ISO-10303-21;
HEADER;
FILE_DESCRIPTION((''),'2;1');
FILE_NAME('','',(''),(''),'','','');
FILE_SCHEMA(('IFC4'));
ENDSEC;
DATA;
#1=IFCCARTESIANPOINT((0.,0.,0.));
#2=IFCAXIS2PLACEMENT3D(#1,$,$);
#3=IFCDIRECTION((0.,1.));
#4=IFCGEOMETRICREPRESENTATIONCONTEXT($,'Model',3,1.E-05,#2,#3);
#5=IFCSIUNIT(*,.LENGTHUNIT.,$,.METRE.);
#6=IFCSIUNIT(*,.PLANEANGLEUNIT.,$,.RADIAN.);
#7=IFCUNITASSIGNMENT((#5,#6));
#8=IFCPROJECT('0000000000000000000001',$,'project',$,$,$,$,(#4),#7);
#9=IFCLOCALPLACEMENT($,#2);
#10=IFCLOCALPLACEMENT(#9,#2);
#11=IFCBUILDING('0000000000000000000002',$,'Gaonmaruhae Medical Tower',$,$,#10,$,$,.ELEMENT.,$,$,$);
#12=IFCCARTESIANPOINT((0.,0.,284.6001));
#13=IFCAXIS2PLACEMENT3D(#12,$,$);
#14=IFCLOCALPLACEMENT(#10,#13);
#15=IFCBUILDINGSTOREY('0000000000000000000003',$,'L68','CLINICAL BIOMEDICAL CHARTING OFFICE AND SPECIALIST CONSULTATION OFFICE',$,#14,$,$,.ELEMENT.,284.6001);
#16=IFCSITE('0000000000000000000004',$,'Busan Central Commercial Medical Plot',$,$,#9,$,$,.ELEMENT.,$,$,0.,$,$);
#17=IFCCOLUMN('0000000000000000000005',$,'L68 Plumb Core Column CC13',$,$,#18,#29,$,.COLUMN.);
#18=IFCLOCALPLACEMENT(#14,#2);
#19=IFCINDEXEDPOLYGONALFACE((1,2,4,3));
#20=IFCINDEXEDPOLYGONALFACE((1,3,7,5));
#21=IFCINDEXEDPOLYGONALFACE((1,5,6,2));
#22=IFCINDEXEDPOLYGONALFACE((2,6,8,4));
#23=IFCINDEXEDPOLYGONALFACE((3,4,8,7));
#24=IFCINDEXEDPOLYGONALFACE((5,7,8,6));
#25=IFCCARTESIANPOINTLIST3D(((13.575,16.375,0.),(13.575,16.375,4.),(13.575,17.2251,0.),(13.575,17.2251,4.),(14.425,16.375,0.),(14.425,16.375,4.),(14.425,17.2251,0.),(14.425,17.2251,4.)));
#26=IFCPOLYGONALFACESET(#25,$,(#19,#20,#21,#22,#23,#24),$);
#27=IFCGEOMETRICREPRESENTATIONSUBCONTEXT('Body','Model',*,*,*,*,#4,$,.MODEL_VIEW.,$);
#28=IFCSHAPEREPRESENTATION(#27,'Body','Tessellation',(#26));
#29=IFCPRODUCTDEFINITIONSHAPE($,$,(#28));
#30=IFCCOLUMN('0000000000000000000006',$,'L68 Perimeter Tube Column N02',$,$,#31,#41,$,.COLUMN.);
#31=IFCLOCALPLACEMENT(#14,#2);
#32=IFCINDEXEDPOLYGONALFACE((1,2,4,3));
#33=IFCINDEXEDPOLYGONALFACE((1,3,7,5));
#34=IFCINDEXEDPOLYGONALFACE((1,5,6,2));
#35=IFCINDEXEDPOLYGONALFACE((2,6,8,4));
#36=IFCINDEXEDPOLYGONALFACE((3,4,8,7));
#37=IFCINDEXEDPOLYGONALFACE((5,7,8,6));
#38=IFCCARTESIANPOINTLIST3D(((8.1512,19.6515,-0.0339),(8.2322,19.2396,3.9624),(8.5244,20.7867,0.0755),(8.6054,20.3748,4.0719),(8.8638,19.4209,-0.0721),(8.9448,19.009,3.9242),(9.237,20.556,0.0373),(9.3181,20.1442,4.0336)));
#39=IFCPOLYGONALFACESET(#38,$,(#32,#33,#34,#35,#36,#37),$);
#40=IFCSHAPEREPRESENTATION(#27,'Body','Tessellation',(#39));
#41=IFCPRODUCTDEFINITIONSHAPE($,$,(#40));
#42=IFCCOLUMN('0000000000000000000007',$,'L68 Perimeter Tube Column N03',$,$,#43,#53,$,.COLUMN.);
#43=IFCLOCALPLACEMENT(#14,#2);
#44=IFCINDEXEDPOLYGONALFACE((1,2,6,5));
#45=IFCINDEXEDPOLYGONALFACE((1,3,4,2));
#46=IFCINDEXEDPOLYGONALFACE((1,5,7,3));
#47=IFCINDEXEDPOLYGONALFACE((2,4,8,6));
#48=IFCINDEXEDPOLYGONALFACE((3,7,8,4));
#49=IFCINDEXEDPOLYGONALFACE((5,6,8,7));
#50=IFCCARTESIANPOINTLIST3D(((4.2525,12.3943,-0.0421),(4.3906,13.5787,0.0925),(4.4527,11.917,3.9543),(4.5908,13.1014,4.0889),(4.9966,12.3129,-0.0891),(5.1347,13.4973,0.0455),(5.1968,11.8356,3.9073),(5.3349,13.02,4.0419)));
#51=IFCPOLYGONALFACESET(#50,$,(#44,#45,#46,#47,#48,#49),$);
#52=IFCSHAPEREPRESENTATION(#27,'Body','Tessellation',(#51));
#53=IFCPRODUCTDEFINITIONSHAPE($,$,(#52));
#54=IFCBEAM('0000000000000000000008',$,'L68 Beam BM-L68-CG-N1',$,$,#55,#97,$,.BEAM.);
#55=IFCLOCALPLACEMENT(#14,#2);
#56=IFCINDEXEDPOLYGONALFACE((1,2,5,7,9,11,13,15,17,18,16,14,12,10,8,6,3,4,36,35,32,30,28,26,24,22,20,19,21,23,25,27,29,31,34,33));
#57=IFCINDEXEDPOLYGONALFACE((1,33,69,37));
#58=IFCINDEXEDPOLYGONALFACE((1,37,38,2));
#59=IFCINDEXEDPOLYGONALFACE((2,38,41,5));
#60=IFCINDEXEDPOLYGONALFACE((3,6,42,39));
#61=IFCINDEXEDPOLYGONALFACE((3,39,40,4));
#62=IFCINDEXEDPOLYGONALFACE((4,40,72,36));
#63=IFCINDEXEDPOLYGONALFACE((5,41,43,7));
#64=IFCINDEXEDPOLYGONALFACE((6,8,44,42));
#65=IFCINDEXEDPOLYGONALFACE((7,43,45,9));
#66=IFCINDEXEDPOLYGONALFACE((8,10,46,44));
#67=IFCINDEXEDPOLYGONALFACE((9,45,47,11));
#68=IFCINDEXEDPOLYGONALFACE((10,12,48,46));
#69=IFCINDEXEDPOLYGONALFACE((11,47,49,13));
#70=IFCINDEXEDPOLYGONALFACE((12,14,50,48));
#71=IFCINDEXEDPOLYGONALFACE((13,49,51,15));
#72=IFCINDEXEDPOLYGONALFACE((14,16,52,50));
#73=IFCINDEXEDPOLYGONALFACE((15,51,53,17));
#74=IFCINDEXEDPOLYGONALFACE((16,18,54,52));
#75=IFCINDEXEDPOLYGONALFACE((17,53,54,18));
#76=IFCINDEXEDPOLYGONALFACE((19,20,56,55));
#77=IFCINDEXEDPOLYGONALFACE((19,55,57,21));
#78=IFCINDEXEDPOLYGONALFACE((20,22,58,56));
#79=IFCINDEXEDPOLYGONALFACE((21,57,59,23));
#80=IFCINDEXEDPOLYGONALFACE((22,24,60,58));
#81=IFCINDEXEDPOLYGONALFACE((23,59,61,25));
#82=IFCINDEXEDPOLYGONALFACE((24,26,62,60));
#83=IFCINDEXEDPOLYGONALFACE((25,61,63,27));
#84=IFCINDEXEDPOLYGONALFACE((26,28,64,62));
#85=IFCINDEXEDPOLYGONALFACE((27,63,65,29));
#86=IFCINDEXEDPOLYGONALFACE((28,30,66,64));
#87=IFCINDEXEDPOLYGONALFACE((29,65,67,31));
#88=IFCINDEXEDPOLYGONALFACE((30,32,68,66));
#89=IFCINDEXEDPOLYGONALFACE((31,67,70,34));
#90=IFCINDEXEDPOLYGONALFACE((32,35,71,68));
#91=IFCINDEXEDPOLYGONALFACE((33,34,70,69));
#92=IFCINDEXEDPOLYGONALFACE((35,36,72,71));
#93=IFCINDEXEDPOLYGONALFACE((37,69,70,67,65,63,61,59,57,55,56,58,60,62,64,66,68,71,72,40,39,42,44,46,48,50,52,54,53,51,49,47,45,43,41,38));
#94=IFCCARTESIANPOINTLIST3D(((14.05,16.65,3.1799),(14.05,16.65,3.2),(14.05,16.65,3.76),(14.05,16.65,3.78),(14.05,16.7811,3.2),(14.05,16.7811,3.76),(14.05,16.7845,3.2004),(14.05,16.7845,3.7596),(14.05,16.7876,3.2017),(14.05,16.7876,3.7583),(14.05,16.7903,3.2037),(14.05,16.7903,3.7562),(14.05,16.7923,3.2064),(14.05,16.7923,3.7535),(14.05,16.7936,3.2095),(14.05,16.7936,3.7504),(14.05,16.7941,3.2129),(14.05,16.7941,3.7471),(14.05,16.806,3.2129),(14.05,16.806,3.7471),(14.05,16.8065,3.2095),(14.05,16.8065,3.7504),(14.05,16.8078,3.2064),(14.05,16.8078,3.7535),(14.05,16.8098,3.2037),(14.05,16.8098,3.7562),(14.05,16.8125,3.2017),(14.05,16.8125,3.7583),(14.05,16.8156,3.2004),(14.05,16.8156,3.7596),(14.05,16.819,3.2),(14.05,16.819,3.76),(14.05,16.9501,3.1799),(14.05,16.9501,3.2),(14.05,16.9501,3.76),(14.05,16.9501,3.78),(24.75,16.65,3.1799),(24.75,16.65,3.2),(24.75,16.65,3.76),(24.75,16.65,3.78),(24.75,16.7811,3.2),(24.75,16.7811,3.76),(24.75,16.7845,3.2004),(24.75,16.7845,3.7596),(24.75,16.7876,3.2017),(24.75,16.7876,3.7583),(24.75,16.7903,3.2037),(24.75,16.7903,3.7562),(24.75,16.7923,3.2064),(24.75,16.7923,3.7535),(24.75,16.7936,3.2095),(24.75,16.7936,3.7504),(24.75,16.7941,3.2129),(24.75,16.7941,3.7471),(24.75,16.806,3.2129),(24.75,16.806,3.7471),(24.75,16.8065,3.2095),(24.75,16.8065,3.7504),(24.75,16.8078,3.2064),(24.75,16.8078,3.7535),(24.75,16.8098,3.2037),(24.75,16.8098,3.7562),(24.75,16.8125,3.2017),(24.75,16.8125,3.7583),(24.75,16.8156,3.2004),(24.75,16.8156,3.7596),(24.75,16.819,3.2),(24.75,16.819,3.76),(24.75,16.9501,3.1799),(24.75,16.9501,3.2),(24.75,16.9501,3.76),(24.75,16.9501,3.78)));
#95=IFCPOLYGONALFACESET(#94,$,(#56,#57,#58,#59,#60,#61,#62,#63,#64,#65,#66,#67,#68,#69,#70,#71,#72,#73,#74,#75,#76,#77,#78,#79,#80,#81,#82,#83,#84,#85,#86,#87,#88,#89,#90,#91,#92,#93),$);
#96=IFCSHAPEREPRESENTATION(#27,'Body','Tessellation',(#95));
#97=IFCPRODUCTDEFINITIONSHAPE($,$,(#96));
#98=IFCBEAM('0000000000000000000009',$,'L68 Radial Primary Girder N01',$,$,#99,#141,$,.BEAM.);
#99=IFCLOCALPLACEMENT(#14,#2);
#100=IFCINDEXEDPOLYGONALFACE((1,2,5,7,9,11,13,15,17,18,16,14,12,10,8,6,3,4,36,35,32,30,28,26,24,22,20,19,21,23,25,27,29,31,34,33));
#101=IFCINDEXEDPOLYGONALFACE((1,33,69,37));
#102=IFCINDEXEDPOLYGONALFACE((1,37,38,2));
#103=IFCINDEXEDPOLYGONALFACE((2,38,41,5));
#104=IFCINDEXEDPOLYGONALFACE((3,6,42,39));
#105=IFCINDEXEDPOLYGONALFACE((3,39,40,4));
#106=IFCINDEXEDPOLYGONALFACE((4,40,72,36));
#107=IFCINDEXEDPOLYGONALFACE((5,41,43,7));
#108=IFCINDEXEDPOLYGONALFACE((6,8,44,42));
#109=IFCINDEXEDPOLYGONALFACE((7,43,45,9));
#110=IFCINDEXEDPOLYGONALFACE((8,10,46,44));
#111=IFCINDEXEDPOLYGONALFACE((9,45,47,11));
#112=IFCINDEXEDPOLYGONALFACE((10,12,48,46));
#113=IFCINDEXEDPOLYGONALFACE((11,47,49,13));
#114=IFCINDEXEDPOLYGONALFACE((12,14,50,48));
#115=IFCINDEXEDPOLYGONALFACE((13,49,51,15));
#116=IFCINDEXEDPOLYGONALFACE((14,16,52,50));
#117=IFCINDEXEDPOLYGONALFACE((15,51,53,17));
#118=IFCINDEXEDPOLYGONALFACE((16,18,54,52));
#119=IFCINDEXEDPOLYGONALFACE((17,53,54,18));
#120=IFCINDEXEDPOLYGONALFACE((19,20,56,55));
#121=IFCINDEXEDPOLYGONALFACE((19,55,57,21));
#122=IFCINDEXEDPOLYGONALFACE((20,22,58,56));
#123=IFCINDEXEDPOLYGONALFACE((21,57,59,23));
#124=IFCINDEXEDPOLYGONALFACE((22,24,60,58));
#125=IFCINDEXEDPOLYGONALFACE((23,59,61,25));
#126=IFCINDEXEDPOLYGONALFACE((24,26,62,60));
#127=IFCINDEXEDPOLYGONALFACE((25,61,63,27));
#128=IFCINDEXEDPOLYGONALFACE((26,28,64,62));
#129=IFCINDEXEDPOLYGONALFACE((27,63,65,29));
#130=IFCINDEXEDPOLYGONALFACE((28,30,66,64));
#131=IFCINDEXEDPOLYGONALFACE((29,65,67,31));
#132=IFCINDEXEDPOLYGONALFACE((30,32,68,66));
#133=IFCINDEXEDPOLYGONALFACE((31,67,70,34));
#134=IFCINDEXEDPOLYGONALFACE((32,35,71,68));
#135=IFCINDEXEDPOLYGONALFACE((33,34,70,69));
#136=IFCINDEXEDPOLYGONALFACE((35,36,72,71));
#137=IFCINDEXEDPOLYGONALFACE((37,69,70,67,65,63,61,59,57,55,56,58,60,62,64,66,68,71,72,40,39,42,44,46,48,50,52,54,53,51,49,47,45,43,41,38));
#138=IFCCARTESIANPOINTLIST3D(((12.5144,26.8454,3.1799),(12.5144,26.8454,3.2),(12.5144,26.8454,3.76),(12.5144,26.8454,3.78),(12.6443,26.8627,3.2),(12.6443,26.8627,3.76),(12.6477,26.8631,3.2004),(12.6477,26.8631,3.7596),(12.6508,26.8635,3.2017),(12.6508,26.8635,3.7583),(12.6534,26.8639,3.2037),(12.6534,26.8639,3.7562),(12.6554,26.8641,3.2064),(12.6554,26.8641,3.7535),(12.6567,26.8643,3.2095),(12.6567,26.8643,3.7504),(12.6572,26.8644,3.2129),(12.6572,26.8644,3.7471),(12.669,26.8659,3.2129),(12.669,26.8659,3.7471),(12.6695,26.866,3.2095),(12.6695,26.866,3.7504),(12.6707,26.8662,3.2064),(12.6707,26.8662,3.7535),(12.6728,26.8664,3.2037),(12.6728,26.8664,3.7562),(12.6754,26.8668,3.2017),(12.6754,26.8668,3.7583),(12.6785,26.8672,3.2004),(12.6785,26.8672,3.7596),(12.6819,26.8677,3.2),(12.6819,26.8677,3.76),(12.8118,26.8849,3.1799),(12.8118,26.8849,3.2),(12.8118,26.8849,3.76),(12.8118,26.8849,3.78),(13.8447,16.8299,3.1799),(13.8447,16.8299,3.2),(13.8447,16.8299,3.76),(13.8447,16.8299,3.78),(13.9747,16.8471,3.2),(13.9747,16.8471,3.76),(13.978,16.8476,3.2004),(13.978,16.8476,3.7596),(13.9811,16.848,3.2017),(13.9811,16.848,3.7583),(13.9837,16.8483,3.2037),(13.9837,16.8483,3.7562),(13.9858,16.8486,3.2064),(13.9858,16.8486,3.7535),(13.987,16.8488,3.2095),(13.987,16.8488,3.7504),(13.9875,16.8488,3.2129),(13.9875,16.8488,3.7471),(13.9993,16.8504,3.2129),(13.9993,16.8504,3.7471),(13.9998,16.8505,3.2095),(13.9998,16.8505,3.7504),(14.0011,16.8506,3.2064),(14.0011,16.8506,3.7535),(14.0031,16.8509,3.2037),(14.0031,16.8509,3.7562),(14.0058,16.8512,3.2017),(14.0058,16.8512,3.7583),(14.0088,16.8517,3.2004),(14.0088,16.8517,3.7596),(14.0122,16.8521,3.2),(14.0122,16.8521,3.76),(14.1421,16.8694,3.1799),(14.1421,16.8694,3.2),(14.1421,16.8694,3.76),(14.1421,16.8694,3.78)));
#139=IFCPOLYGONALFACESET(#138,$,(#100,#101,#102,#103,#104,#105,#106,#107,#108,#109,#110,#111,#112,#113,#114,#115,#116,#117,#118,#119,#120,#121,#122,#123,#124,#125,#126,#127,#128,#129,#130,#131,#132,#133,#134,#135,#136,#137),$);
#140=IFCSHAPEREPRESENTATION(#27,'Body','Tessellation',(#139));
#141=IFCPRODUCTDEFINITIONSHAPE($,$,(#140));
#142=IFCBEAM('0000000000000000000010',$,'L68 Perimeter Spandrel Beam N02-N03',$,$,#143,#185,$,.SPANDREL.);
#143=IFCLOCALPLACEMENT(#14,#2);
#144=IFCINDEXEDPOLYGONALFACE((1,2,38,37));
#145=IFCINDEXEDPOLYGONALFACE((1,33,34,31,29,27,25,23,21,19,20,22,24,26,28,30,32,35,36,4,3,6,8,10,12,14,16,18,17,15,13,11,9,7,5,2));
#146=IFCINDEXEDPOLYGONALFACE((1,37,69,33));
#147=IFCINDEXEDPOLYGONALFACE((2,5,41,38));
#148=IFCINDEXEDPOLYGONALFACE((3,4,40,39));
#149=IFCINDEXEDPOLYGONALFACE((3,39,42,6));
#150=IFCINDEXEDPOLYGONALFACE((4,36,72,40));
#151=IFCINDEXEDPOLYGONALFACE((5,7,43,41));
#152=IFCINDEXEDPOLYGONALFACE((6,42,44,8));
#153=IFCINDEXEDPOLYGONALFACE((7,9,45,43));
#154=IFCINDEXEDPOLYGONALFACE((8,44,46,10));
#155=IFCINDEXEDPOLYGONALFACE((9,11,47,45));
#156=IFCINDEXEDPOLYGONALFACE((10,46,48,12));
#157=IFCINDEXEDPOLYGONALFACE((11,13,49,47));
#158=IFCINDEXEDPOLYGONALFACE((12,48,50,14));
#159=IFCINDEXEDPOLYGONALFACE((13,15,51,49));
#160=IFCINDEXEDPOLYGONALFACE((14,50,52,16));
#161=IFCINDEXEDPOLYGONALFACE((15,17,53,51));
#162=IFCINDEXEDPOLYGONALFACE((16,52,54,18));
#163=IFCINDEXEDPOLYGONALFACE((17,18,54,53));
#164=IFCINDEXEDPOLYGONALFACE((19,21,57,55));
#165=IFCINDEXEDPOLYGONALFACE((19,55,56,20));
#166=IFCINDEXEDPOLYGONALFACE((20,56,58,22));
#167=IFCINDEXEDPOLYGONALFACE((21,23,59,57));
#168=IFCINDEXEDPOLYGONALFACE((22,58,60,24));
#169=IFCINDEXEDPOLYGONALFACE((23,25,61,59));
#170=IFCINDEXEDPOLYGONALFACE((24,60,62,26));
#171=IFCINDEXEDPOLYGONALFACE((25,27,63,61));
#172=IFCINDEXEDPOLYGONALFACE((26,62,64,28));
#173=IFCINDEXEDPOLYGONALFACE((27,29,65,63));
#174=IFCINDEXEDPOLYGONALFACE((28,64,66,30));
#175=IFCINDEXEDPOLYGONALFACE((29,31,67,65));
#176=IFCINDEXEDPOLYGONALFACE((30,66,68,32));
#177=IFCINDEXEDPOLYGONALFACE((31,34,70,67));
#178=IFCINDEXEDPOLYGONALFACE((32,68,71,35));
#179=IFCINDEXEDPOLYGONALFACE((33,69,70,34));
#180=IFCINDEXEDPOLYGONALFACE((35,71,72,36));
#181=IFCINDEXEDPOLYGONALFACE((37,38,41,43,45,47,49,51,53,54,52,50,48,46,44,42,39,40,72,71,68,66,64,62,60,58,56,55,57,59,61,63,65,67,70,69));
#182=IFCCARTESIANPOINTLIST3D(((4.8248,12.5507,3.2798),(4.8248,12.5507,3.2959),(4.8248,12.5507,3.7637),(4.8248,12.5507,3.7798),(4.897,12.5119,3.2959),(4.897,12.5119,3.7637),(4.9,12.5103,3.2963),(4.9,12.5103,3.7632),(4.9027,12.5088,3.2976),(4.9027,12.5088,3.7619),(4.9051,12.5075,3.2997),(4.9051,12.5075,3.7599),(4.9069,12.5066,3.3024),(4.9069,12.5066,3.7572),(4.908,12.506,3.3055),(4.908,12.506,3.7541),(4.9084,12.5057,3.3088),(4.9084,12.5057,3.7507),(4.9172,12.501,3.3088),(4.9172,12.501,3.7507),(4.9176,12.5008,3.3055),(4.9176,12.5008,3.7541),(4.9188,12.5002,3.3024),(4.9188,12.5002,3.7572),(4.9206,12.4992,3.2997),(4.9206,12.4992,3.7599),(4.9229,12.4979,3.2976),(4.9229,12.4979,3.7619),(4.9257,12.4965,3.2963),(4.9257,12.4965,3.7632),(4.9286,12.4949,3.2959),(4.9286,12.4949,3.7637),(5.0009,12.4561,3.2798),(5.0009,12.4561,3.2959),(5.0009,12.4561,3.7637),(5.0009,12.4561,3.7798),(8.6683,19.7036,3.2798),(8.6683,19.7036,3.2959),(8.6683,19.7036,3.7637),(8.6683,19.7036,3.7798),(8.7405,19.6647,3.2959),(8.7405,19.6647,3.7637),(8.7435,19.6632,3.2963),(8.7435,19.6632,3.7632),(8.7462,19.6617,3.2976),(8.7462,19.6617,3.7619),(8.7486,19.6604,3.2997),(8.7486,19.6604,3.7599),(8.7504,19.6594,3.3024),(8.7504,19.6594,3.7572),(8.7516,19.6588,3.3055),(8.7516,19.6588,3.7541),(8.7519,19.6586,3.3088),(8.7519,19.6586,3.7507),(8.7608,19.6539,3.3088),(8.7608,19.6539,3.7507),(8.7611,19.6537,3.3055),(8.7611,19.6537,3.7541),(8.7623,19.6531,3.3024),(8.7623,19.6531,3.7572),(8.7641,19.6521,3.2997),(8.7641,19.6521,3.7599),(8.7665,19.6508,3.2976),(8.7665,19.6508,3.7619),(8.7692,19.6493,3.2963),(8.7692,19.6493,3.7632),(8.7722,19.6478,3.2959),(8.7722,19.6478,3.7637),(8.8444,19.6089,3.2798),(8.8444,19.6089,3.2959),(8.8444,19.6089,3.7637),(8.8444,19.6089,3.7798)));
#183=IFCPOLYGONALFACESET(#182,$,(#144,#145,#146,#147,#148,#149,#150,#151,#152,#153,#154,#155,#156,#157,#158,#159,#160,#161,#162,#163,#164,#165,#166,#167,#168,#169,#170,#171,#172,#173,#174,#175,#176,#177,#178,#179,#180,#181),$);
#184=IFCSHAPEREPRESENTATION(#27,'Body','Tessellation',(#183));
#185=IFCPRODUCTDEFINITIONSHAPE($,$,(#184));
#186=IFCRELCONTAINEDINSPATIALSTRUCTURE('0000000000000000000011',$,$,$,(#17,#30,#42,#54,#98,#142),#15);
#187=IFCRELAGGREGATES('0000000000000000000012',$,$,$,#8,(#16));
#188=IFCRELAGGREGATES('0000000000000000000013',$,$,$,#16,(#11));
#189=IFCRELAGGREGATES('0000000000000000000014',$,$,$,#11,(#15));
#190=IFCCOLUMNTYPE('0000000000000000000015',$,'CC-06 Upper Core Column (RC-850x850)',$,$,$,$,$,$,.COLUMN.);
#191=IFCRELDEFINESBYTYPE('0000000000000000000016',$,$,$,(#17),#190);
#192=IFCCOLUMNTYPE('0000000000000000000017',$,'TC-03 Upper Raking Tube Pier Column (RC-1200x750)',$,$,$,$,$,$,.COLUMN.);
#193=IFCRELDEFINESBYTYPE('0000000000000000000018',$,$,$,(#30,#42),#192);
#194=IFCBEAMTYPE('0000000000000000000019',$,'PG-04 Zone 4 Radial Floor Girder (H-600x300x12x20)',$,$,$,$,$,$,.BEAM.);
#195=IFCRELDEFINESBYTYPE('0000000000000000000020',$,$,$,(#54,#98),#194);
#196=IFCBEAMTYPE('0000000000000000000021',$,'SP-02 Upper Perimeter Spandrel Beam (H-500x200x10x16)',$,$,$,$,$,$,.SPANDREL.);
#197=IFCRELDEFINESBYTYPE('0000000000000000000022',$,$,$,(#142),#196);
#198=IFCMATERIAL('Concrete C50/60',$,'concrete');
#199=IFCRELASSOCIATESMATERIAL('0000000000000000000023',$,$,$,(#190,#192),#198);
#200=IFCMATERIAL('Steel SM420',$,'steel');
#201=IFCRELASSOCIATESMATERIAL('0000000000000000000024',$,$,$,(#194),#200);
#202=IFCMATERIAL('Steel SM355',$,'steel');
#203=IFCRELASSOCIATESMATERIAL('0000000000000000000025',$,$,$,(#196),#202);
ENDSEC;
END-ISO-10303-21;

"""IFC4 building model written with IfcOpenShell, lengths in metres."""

from ifc_helpers import new_model, si_unit, direction, frame, origin, origin_2d, place, context, subcontext, project, spatial, rectangle, i_section, extrude, material, material_profile, profile_set, type_object, element, save


model = new_model("IFC4")

# Units and contexts
model_context = context("Model", 3, precision=1e-05, world=origin(), true_north=direction((0.0, 1.0)))
body_context = subcontext(model_context, "Body", "Model", "MODEL_VIEW")
ifc_project = project(units=[si_unit("LENGTHUNIT", "METRE"), si_unit("PLANEANGLEUNIT", "RADIAN")], contexts=[model_context])

# Site, building, storey
site_placement = place(None, origin())
site = spatial("IfcSite", under=ifc_project, at=site_placement, Name="Busan Central Commercial Medical Plot", CompositionType="ELEMENT", RefElevation=0.0)
building_placement = place(site_placement, origin())
building = spatial("IfcBuilding", under=site, at=building_placement, Name="Gaonmaruhae Medical Tower", CompositionType="ELEMENT")
storey_placement = place(building_placement, frame((0.0, 0.0, 284.6001)))
storey = spatial("IfcBuildingStorey", under=building, at=storey_placement, Name="L68", Description="CLINICAL BIOMEDICAL CHARTING OFFICE AND SPECIALIST CONSULTATION OFFICE", CompositionType="ELEMENT", Elevation=284.6001)

# Columns
ifc_material_1 = material(Name="Concrete C50/60", Category="concrete")
ifc_material_profile_1 = material_profile(ifc_material_1, rectangle(XDim=0.8501, YDim=0.8501, at=origin_2d()), Name="RC-850x850")
ifc_profile_set_1 = profile_set([ifc_material_profile_1], Name="Concrete C50/60")
column_type_1 = type_object("IfcColumnType", Name="CC-06 Upper Core Column (RC-850x850)", PredefinedType="COLUMN", material=ifc_profile_set_1)
column_1_placement = place(storey_placement, frame((14.0, 16.8, 0.0), z_axis=(0.0, 0.0, 1.0), x_axis=(1.0, 0.0, 0.0)))
element("IfcColumn", 1, at=column_1_placement, inside=storey, type_object=column_type_1, Name="L68 Plumb Core Column CC13", PredefinedType="COLUMN", context=body_context, shape_type="SweptSolid", body=[
    extrude(rectangle(XDim=0.8501, YDim=0.8501, at=origin_2d()), origin(), (0.0, 0.0, 1.0), 4.0),
])
ifc_material_profile_2 = material_profile(ifc_material_1, rectangle(XDim=1.2, YDim=0.75, at=origin_2d()), Name="RC-1200x750")
ifc_profile_set_2 = profile_set([ifc_material_profile_2], Name="Concrete C50/60")
column_type_2 = type_object("IfcColumnType", Name="TC-03 Upper Raking Tube Pier Column (RC-1200x750)", PredefinedType="COLUMN", material=ifc_profile_set_2)
column_2_placement = place(storey_placement, frame((8.6941, 20.1038, 0.0017), z_axis=(0.020171, -0.102497, 0.994529), x_axis=(0.311043, 0.946011, 0.091188)))
element("IfcColumn", 2, at=column_2_placement, inside=storey, type_object=column_type_2, Name="L68 Perimeter Tube Column N02", PredefinedType="COLUMN", context=body_context, shape_type="SweptSolid", body=[
    extrude(rectangle(XDim=1.2, YDim=0.75, at=origin_2d()), origin(), (0.0, 0.0, 1.0), 4.0183),
])
column_3_placement = place(storey_placement, frame((4.6936, 12.9458, 0.0017), z_axis=(0.04968, -0.118444, 0.991717), x_axis=(0.115046, 0.987013, 0.112119)))
element("IfcColumn", 3, at=column_3_placement, inside=storey, type_object=column_type_2, Name="L68 Perimeter Tube Column N03", PredefinedType="COLUMN", context=body_context, shape_type="SweptSolid", body=[
    extrude(rectangle(XDim=1.2, YDim=0.75, at=origin_2d()), origin(), (0.0, 0.0, 1.0), 4.0298),
])

# Beams
ifc_material_2 = material(Name="Steel SM420", Category="steel")
ifc_material_profile_3 = material_profile(ifc_material_2, i_section(OverallWidth=0.3, OverallDepth=0.6001, WebThickness=0.012, FlangeThickness=0.02, FilletRadius=0.0129, at=origin_2d()), Name="H-600x300x12x20")
ifc_profile_set_3 = profile_set([ifc_material_profile_3], Name="Steel SM420")
beam_type_1 = type_object("IfcBeamType", Name="PG-04 Zone 4 Radial Floor Girder (H-600x300x12x20)", PredefinedType="BEAM", material=ifc_profile_set_3)
beam_1_placement = place(storey_placement, frame((14.05, 16.8, 3.48), z_axis=(1.0, 0.0, 0.0), x_axis=(0.0, 1.0, 0.0)))
element("IfcBeam", 4, at=beam_1_placement, inside=storey, type_object=beam_type_1, Name="L68 Beam BM-L68-CG-N1", PredefinedType="BEAM", context=body_context, shape_type="SweptSolid", body=[
    extrude(i_section(OverallWidth=0.3, OverallDepth=0.6001, WebThickness=0.012, FlangeThickness=0.02, FilletRadius=0.0129, at=origin_2d()), origin(), (0.0, 0.0, 1.0), 10.7),
])
beam_2_placement = place(storey_placement, frame((13.9934, 16.8496, 3.48), z_axis=(-0.131668, 0.991294, 0.0), x_axis=(-0.991294, -0.131668, 0.0)))
element("IfcBeam", 5, at=beam_2_placement, inside=storey, type_object=beam_type_1, Name="L68 Radial Primary Girder N01", PredefinedType="BEAM", context=body_context, shape_type="SweptSolid", body=[
    extrude(i_section(OverallWidth=0.3, OverallDepth=0.6001, WebThickness=0.012, FlangeThickness=0.02, FilletRadius=0.0129, at=origin_2d()), origin(), (0.0, 0.0, 1.0), 10.1035),
])
ifc_material_3 = material(Name="Steel SM355", Category="steel")
ifc_material_profile_4 = material_profile(ifc_material_3, i_section(OverallWidth=0.2, OverallDepth=0.5, WebThickness=0.01, FlangeThickness=0.0161, FilletRadius=0.0129, at=origin_2d()), Name="H-500x200x10x16")
ifc_profile_set_4 = profile_set([ifc_material_profile_4], Name="Steel SM355")
beam_type_2 = type_object("IfcBeamType", Name="SP-02 Upper Perimeter Spandrel Beam (H-500x200x10x16)", PredefinedType="SPANDREL", material=ifc_profile_set_4)
beam_3_placement = place(storey_placement, frame((8.7563, 19.6562, 3.5298), z_axis=(-0.473334, -0.880883, 0.0), x_axis=(0.880883, -0.473334, 0.0)))
element("IfcBeam", 6, at=beam_3_placement, inside=storey, type_object=beam_type_2, Name="L68 Perimeter Spandrel Beam N02-N03", PredefinedType="SPANDREL", context=body_context, shape_type="SweptSolid", body=[
    extrude(i_section(OverallWidth=0.2, OverallDepth=0.5, WebThickness=0.01, FlangeThickness=0.0161, FilletRadius=0.0129, at=origin_2d()), origin(), (0.0, 0.0, 1.0), 8.1201),
])

save(model, "model.ifc")
